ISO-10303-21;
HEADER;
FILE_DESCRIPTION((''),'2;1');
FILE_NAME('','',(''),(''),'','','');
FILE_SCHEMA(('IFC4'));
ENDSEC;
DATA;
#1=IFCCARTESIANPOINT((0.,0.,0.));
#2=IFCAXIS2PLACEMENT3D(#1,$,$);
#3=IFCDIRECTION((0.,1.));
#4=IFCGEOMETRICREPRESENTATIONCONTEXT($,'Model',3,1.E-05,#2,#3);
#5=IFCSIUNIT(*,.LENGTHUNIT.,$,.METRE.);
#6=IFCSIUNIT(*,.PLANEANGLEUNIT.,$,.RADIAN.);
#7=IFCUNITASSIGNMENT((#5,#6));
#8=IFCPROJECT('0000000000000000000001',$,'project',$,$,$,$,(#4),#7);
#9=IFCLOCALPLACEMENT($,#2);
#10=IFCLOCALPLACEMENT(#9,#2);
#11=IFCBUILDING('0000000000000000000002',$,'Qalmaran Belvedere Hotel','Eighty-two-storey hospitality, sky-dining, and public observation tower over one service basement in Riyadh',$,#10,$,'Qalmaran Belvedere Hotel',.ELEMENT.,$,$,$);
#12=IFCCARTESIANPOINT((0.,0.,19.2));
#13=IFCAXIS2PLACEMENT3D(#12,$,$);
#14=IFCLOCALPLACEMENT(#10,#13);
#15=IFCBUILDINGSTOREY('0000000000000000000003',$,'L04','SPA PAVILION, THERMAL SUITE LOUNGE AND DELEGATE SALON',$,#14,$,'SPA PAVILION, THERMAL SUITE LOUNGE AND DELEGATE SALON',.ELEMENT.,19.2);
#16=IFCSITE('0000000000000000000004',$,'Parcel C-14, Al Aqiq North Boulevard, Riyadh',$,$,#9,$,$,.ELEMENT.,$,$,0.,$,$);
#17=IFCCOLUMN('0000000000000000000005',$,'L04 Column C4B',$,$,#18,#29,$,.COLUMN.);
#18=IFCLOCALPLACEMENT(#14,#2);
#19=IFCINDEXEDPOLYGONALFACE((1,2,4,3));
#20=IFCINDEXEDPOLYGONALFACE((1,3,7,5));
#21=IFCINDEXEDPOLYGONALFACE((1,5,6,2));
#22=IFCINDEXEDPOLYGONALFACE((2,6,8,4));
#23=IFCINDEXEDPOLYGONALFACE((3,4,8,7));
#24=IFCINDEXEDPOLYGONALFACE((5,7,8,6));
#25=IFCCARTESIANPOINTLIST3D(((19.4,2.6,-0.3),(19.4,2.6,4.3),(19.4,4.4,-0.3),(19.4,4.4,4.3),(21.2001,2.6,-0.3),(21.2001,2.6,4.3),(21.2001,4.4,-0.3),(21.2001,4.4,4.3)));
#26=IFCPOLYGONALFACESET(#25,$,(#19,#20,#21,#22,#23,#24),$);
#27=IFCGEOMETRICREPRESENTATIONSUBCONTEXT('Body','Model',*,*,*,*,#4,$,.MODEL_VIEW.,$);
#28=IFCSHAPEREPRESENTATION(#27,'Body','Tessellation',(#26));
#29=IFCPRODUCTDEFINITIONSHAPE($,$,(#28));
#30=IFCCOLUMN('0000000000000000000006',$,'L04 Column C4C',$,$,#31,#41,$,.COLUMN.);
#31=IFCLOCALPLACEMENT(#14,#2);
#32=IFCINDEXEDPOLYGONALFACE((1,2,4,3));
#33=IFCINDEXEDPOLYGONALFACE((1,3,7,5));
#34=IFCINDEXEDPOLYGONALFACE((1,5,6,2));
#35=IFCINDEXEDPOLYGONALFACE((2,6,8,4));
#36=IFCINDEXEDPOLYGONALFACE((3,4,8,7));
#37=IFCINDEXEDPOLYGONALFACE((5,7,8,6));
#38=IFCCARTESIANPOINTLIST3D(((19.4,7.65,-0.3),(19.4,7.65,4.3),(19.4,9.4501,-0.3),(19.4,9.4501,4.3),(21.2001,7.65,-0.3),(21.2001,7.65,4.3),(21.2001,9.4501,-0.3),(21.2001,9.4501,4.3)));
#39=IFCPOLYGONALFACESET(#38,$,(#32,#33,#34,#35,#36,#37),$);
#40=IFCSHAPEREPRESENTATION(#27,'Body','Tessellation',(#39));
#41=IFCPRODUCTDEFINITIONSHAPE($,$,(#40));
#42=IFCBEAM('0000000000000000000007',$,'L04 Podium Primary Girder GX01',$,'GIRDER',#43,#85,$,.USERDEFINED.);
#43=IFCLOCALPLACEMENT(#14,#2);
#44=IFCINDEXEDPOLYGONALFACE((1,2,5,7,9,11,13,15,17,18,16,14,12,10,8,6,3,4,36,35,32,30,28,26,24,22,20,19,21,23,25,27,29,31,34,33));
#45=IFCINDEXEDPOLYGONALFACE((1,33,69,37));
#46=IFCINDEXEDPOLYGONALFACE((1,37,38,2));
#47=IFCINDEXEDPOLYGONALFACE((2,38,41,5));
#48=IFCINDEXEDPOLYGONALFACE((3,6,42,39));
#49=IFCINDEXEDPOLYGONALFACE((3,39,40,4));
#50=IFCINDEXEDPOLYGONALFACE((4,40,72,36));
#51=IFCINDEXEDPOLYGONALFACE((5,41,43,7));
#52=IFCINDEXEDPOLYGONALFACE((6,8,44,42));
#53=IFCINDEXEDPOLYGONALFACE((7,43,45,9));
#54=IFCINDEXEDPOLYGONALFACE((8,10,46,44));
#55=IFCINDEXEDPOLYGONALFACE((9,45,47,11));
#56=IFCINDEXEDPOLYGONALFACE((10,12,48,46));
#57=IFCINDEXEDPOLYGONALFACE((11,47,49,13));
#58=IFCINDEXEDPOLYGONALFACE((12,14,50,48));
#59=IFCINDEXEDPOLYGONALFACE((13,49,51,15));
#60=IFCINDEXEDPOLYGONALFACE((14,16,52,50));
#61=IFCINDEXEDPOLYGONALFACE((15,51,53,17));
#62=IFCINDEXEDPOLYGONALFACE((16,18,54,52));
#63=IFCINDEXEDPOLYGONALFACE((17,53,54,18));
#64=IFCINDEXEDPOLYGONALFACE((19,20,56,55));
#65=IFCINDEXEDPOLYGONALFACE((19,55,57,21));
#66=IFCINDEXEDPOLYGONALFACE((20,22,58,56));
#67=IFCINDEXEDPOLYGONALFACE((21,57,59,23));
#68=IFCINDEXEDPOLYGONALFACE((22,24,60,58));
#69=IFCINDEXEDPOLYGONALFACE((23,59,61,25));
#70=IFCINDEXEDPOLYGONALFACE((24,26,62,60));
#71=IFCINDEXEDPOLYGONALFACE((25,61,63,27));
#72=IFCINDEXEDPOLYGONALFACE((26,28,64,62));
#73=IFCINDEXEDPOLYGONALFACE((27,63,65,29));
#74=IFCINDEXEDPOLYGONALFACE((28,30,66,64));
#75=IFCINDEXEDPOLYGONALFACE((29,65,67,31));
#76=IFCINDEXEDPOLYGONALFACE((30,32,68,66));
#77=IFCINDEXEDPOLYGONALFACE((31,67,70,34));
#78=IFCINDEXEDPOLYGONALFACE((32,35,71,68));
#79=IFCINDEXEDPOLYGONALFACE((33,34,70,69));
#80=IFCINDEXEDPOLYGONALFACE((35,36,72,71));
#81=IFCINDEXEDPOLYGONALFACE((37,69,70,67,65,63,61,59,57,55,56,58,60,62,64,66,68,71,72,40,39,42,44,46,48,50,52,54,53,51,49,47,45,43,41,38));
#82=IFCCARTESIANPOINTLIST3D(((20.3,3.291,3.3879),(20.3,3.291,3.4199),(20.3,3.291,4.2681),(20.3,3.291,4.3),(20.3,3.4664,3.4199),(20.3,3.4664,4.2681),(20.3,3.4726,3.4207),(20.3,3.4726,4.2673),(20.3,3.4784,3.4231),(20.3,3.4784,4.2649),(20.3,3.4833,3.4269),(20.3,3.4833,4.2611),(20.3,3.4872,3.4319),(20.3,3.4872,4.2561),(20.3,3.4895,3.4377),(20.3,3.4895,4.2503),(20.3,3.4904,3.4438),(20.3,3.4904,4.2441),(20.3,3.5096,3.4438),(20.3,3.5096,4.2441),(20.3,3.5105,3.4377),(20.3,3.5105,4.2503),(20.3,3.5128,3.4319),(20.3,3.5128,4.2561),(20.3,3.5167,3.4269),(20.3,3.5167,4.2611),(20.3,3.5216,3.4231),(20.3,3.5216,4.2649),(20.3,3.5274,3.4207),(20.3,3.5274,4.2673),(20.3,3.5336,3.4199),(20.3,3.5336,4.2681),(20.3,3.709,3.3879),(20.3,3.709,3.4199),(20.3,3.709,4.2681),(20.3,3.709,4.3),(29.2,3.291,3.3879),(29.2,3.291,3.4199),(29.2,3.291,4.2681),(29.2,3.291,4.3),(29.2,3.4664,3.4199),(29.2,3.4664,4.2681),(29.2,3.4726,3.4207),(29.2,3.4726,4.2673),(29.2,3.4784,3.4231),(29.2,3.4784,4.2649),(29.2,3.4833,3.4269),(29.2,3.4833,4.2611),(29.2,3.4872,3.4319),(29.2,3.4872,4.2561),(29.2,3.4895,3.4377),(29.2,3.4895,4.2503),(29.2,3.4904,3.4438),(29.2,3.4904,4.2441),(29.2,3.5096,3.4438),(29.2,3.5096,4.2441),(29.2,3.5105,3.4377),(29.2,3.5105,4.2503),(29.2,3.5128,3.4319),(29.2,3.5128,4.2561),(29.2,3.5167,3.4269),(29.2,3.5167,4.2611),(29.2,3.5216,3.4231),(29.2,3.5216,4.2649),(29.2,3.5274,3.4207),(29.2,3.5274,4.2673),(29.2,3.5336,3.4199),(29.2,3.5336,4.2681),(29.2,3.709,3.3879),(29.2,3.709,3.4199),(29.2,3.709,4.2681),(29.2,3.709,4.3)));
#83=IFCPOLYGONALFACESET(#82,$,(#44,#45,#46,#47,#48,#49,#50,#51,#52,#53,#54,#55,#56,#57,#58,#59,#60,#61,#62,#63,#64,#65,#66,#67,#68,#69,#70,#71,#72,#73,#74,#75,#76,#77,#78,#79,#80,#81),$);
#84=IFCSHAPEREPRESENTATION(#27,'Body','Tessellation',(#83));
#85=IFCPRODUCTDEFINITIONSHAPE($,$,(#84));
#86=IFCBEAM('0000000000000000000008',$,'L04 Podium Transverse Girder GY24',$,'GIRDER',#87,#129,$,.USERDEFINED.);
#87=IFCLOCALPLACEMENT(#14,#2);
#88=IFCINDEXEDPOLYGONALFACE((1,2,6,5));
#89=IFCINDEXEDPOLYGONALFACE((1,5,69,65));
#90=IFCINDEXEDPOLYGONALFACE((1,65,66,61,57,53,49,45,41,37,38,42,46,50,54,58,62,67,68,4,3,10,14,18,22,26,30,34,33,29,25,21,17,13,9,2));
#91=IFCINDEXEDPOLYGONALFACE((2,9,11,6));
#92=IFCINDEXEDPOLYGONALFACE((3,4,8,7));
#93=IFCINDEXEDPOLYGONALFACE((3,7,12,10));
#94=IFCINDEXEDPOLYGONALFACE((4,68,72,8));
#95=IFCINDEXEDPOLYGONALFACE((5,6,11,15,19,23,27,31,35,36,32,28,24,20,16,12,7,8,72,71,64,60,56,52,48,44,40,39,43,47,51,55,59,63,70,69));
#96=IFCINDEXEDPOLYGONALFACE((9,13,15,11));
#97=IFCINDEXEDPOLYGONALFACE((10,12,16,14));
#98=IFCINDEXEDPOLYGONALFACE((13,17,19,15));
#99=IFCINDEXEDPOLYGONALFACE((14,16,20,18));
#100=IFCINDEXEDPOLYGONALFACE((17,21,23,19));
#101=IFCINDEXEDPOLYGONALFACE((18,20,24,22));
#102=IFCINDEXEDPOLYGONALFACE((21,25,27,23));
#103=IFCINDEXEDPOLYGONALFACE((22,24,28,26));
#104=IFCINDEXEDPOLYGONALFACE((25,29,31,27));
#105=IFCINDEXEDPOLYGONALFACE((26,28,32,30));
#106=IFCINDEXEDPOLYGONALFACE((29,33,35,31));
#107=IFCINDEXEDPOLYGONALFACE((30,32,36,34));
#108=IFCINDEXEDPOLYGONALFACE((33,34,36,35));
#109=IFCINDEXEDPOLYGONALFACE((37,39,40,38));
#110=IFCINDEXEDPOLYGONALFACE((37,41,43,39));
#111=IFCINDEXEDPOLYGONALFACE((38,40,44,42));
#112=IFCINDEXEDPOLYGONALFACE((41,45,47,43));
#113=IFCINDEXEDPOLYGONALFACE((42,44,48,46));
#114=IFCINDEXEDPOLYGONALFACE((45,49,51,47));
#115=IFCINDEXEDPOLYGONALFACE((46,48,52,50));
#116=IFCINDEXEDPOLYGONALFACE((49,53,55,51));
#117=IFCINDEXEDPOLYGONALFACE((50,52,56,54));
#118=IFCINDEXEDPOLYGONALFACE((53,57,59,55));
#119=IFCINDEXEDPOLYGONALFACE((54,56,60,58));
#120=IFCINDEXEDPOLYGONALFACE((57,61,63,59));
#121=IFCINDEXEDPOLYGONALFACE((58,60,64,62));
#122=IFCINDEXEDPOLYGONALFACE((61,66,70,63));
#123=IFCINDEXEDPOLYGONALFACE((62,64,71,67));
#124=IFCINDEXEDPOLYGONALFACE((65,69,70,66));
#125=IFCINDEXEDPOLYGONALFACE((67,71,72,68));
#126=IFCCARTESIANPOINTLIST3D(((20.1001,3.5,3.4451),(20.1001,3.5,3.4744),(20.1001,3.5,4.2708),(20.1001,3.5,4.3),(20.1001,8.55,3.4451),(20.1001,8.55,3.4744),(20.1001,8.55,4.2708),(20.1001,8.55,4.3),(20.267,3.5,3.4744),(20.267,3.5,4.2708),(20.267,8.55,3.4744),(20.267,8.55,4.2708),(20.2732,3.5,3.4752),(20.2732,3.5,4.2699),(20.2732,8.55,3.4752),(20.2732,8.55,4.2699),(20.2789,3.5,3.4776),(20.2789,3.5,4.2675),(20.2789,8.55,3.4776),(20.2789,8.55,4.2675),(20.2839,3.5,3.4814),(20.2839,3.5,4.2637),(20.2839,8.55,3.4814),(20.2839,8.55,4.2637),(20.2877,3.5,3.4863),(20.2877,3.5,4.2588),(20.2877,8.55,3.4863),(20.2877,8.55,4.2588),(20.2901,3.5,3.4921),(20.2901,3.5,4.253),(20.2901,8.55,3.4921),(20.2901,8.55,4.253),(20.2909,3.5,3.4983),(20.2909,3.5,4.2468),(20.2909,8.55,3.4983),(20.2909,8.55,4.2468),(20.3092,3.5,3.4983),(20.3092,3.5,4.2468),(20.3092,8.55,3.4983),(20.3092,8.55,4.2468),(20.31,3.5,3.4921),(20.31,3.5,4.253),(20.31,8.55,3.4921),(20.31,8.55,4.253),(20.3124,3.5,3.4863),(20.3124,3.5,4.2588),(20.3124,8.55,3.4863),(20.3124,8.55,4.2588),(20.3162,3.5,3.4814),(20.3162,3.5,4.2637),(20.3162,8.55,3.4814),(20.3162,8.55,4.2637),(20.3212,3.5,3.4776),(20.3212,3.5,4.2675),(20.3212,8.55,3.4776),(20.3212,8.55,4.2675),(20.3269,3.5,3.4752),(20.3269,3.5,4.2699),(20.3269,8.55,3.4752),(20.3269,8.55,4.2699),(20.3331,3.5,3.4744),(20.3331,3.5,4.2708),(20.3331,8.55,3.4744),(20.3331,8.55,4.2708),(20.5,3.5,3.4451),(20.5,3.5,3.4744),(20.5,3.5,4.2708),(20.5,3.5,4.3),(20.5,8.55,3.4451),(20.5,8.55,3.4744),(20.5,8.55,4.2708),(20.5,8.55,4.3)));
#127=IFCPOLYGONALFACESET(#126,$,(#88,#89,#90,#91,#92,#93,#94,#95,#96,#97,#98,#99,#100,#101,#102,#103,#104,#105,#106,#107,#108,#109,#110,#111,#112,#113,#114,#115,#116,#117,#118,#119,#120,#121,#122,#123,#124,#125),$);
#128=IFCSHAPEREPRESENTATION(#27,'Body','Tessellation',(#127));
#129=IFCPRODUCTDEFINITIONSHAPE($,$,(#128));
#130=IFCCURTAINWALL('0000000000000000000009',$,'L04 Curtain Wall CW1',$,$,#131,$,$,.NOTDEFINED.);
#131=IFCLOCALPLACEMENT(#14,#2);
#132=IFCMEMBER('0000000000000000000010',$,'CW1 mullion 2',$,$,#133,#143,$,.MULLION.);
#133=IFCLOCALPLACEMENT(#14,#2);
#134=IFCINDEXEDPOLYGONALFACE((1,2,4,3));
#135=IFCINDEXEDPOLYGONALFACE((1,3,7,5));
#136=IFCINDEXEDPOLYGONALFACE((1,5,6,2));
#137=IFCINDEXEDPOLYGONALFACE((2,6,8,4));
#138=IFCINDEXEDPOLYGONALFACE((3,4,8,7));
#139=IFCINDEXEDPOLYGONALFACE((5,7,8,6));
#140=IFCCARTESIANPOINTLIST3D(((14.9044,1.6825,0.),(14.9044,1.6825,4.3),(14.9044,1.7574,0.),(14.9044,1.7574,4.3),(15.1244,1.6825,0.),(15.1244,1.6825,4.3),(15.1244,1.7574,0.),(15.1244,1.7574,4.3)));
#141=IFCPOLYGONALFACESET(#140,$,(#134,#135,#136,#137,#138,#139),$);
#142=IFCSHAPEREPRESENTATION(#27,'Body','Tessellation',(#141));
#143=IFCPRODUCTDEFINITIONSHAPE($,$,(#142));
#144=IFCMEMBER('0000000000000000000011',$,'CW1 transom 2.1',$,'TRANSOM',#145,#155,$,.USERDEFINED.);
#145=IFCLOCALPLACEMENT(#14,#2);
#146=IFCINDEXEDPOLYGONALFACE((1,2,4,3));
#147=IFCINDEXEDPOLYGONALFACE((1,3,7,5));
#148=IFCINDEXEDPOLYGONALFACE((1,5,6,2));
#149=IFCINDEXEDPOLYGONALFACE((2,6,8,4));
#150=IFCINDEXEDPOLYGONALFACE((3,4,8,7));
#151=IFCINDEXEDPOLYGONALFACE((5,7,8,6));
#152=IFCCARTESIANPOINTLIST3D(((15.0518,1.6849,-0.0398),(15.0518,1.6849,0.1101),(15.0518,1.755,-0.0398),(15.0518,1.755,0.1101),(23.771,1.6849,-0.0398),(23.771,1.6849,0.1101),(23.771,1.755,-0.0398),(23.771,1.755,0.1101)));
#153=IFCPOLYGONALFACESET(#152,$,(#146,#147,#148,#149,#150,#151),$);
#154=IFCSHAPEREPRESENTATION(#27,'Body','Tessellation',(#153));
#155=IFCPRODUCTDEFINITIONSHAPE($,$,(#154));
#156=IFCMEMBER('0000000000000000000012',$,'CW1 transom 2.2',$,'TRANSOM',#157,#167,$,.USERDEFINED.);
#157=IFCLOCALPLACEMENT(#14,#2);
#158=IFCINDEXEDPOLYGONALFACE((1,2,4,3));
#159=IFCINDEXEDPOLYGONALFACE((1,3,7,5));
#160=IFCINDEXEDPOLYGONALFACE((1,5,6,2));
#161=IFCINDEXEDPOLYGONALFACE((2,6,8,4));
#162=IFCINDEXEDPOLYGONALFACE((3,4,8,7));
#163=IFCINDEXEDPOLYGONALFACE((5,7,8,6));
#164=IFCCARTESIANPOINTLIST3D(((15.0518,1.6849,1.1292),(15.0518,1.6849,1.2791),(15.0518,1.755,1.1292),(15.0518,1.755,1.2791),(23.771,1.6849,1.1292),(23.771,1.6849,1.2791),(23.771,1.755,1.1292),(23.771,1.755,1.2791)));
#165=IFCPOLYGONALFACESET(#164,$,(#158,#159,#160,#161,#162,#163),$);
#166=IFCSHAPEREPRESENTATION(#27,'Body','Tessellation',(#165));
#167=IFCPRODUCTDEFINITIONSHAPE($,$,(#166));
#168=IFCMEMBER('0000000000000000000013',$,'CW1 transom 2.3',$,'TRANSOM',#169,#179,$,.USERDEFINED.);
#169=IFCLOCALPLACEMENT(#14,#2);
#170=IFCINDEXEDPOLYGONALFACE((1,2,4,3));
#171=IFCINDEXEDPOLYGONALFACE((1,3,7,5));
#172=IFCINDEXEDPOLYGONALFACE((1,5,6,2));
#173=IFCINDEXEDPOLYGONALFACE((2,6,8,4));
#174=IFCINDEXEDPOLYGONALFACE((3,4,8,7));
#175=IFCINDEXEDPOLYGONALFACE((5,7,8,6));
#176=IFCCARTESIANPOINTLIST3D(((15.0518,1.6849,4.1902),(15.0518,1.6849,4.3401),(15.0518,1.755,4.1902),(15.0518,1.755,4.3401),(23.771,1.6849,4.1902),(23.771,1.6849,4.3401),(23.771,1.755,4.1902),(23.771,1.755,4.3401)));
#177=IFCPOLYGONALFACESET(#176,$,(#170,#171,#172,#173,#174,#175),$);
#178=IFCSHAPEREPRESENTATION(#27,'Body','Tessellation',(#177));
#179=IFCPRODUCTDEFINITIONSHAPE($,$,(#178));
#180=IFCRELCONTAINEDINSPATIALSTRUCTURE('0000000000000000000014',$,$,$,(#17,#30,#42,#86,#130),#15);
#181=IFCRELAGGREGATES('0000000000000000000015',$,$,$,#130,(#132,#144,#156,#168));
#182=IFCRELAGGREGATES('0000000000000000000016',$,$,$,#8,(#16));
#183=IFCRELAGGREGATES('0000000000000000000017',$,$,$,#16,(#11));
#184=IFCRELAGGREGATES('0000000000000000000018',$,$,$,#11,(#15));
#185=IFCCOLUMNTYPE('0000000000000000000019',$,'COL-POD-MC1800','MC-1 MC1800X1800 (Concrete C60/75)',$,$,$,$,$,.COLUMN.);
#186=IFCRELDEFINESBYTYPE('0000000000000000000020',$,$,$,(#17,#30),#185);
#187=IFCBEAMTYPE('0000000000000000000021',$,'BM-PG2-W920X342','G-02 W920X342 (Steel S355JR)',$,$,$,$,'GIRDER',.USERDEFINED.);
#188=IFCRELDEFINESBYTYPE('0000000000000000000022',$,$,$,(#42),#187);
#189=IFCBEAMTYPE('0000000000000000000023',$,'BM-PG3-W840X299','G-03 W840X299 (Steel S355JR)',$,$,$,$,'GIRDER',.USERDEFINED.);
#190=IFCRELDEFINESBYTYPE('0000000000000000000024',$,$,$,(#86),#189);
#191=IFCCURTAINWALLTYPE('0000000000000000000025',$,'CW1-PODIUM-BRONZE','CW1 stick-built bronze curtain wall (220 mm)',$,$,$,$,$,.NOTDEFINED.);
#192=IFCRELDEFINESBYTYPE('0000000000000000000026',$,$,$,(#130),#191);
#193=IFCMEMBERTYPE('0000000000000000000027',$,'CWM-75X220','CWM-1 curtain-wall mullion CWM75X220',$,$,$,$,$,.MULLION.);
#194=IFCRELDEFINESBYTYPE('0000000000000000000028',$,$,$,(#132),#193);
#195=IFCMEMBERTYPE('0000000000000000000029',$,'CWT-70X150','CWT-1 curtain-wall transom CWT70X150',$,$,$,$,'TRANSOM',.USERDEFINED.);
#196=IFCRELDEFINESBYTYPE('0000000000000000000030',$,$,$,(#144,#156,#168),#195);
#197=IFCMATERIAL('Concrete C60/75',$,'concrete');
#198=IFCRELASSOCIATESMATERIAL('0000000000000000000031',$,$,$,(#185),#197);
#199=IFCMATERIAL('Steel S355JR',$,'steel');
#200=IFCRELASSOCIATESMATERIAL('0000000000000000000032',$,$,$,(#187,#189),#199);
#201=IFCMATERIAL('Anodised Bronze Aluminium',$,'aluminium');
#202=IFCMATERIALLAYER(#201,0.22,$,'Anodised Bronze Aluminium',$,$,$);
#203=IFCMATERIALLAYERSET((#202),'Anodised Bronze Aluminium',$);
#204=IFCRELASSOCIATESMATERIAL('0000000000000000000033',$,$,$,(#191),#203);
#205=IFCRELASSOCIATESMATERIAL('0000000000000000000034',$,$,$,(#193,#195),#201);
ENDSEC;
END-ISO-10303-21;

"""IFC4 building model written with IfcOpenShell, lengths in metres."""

from ifc_helpers import new_model, si_unit, direction, frame, origin, origin_2d, place, context, subcontext, project, spatial, rectangle, i_section, extrude, material, layer, layer_set, material_profile, profile_set, type_object, element, aggregate, save


model = new_model("IFC4")

# Units and contexts
model_context = context("Model", 3, precision=1e-05, world=origin(), true_north=direction((0.0, 1.0)))
body_context = subcontext(model_context, "Body", "Model", "MODEL_VIEW")
ifc_project = project(units=[si_unit("LENGTHUNIT", "METRE"), si_unit("PLANEANGLEUNIT", "RADIAN")], contexts=[model_context])

# Site, building, storey
site_placement = place(None, origin())
site = spatial("IfcSite", under=ifc_project, at=site_placement, Name="Parcel C-14, Al Aqiq North Boulevard, Riyadh", CompositionType="ELEMENT", RefElevation=0.0)
building_placement = place(site_placement, origin())
building = spatial("IfcBuilding", under=site, at=building_placement, Name="Qalmaran Belvedere Hotel", Description="Eighty-two-storey hospitality, sky-dining, and public observation tower over one service basement in Riyadh", LongName="Qalmaran Belvedere Hotel", CompositionType="ELEMENT")
storey_placement = place(building_placement, frame((0.0, 0.0, 19.2)))
storey = spatial("IfcBuildingStorey", under=building, at=storey_placement, Name="L04", Description="SPA PAVILION, THERMAL SUITE LOUNGE AND DELEGATE SALON", LongName="SPA PAVILION, THERMAL SUITE LOUNGE AND DELEGATE SALON", CompositionType="ELEMENT", Elevation=19.2)

# Columns
ifc_material_1 = material(Name="Concrete C60/75", Category="concrete")
ifc_material_profile_1 = material_profile(ifc_material_1, rectangle(XDim=1.8, YDim=1.8, at=origin_2d()), Name="MC1800X1800")
ifc_profile_set_1 = profile_set([ifc_material_profile_1], Name="Concrete C60/75")
column_type = type_object("IfcColumnType", Name="COL-POD-MC1800", Description="MC-1 MC1800X1800 (Concrete C60/75)", PredefinedType="COLUMN", material=ifc_profile_set_1)
for number, where, z_axis, x_axis, name in (
    (1, (20.3, 3.5, -0.3), (0.0, 0.0, 1.0), (1.0, 0.0, 0.0), "L04 Column C4B"),
    (2, (20.3, 8.55, -0.3), (0.0, 0.0, 1.0), (1.0, 0.0, 0.0), "L04 Column C4C"),
):
    element("IfcColumn", number, at=place(storey_placement, frame(where, z_axis=z_axis, x_axis=x_axis)), inside=storey, type_object=column_type, Name=name, PredefinedType="COLUMN", context=body_context, shape_type="SweptSolid", body=[
        extrude(rectangle(XDim=1.8, YDim=1.8, at=origin_2d()), origin(), (0.0, 0.0, 1.0), 4.6001),
    ])

# Beams
ifc_material_2 = material(Name="Steel S355JR", Category="steel")
ifc_material_profile_2 = material_profile(ifc_material_2, i_section(OverallWidth=0.418, OverallDepth=0.9121, WebThickness=0.0193, FlangeThickness=0.032, FilletRadius=0.0239, at=origin_2d()), Name="W920X342")
ifc_profile_set_2 = profile_set([ifc_material_profile_2], Name="Steel S355JR")
beam_type_1 = type_object("IfcBeamType", Name="BM-PG2-W920X342", Description="G-02 W920X342 (Steel S355JR)", ElementType="GIRDER", PredefinedType="USERDEFINED", material=ifc_profile_set_2)
beam_1_placement = place(storey_placement, frame((20.3, 3.5, 3.844), z_axis=(1.0, 0.0, 0.0), x_axis=(0.0, 1.0, 0.0)))
element("IfcBeam", 3, at=beam_1_placement, inside=storey, type_object=beam_type_1, Name="L04 Podium Primary Girder GX01", ObjectType="GIRDER", PredefinedType="USERDEFINED", context=body_context, shape_type="SweptSolid", body=[
    extrude(i_section(OverallWidth=0.418, OverallDepth=0.9121, WebThickness=0.0193, FlangeThickness=0.032, FilletRadius=0.0239, at=origin_2d()), origin(), (0.0, 0.0, 1.0), 8.8999),
])
ifc_material_profile_3 = material_profile(ifc_material_2, i_section(OverallWidth=0.3999, OverallDepth=0.855, WebThickness=0.0183, FlangeThickness=0.0293, FilletRadius=0.0239, at=origin_2d()), Name="W840X299")
ifc_profile_set_3 = profile_set([ifc_material_profile_3], Name="Steel S355JR")
beam_type_2 = type_object("IfcBeamType", Name="BM-PG3-W840X299", Description="G-03 W840X299 (Steel S355JR)", ElementType="GIRDER", PredefinedType="USERDEFINED", material=ifc_profile_set_3)
beam_2_placement = place(storey_placement, frame((20.3, 3.5, 3.8726), z_axis=(0.0, 1.0, 0.0), x_axis=(-1.0, 0.0, 0.0)))
element("IfcBeam", 4, at=beam_2_placement, inside=storey, type_object=beam_type_2, Name="L04 Podium Transverse Girder GY24", ObjectType="GIRDER", PredefinedType="USERDEFINED", context=body_context, shape_type="SweptSolid", body=[
    extrude(i_section(OverallWidth=0.3999, OverallDepth=0.855, WebThickness=0.0183, FlangeThickness=0.0293, FilletRadius=0.0239, at=origin_2d()), origin(), (0.0, 0.0, 1.0), 5.05),
])

# Curtain wall, members
ifc_material_3 = material(Name="Anodised Bronze Aluminium", Category="aluminium")
ifc_layer_1 = layer(ifc_material_3, 0.22, Name="Anodised Bronze Aluminium")
ifc_layer_set_1 = layer_set([ifc_layer_1], Name="Anodised Bronze Aluminium")
curtain_wall_type = type_object("IfcCurtainWallType", Name="CW1-PODIUM-BRONZE", Description="CW1 stick-built bronze curtain wall (220 mm)", PredefinedType="NOTDEFINED", material=ifc_layer_set_1)
curtain_wall_placement = place(storey_placement, origin())
curtain_wall = element("IfcCurtainWall", 5, at=curtain_wall_placement, inside=storey, type_object=curtain_wall_type, Name="L04 Curtain Wall CW1", PredefinedType="NOTDEFINED")
ifc_material_profile_4 = material_profile(ifc_material_3, rectangle(XDim=0.075, YDim=0.22, at=origin_2d()), Name="CWM75X220")
ifc_profile_set_4 = profile_set([ifc_material_profile_4], Name="Anodised Bronze Aluminium")
member_type_1 = type_object("IfcMemberType", Name="CWM-75X220", Description="CWM-1 curtain-wall mullion CWM75X220", PredefinedType="MULLION", material=ifc_profile_set_4)
member_1_placement = place(storey_placement, frame((15.0144, 1.72, 0.0), z_axis=(0.0, 0.0, 1.0), x_axis=(0.0, 1.0, 0.0)))
member_1 = element("IfcMember", 6, at=member_1_placement, type_object=member_type_1, Name="CW1 mullion 2", PredefinedType="MULLION", context=body_context, shape_type="SweptSolid", body=[
    extrude(rectangle(XDim=0.075, YDim=0.22, at=origin_2d()), origin(), (0.0, 0.0, 1.0), 4.3),
])
ifc_material_profile_5 = material_profile(ifc_material_3, rectangle(XDim=0.0701, YDim=0.1499, at=origin_2d()), Name="CWT70X150")
ifc_profile_set_5 = profile_set([ifc_material_profile_5], Name="Anodised Bronze Aluminium")
member_type_2 = type_object("IfcMemberType", Name="CWT-70X150", Description="CWT-1 curtain-wall transom CWT70X150", ElementType="TRANSOM", PredefinedType="USERDEFINED", material=ifc_profile_set_5)
member_2_placement = place(storey_placement, frame((15.0518, 1.72, 0.0352), z_axis=(1.0, 0.0, 0.0), x_axis=(0.0, 1.0, 0.0)))
member_2 = element("IfcMember", 7, at=member_2_placement, type_object=member_type_2, Name="CW1 transom 2.1", ObjectType="TRANSOM", PredefinedType="USERDEFINED", context=body_context, shape_type="SweptSolid", body=[
    extrude(rectangle(XDim=0.0701, YDim=0.1499, at=origin_2d()), origin(), (0.0, 0.0, 1.0), 8.7192),
])
member_3_placement = place(storey_placement, frame((15.0518, 1.72, 1.2041), z_axis=(1.0, 0.0, 0.0), x_axis=(0.0, 1.0, 0.0)))
member_3 = element("IfcMember", 8, at=member_3_placement, type_object=member_type_2, Name="CW1 transom 2.2", ObjectType="TRANSOM", PredefinedType="USERDEFINED", context=body_context, shape_type="SweptSolid", body=[
    extrude(rectangle(XDim=0.0701, YDim=0.1499, at=origin_2d()), origin(), (0.0, 0.0, 1.0), 8.7192),
])
member_4_placement = place(storey_placement, frame((15.0518, 1.72, 4.2651), z_axis=(1.0, 0.0, 0.0), x_axis=(0.0, 1.0, 0.0)))
member_4 = element("IfcMember", 9, at=member_4_placement, type_object=member_type_2, Name="CW1 transom 2.3", ObjectType="TRANSOM", PredefinedType="USERDEFINED", context=body_context, shape_type="SweptSolid", body=[
    extrude(rectangle(XDim=0.0701, YDim=0.1499, at=origin_2d()), origin(), (0.0, 0.0, 1.0), 8.7192),
])
aggregate(curtain_wall, [member_1, member_2, member_3, member_4])

save(model, "model.ifc")
